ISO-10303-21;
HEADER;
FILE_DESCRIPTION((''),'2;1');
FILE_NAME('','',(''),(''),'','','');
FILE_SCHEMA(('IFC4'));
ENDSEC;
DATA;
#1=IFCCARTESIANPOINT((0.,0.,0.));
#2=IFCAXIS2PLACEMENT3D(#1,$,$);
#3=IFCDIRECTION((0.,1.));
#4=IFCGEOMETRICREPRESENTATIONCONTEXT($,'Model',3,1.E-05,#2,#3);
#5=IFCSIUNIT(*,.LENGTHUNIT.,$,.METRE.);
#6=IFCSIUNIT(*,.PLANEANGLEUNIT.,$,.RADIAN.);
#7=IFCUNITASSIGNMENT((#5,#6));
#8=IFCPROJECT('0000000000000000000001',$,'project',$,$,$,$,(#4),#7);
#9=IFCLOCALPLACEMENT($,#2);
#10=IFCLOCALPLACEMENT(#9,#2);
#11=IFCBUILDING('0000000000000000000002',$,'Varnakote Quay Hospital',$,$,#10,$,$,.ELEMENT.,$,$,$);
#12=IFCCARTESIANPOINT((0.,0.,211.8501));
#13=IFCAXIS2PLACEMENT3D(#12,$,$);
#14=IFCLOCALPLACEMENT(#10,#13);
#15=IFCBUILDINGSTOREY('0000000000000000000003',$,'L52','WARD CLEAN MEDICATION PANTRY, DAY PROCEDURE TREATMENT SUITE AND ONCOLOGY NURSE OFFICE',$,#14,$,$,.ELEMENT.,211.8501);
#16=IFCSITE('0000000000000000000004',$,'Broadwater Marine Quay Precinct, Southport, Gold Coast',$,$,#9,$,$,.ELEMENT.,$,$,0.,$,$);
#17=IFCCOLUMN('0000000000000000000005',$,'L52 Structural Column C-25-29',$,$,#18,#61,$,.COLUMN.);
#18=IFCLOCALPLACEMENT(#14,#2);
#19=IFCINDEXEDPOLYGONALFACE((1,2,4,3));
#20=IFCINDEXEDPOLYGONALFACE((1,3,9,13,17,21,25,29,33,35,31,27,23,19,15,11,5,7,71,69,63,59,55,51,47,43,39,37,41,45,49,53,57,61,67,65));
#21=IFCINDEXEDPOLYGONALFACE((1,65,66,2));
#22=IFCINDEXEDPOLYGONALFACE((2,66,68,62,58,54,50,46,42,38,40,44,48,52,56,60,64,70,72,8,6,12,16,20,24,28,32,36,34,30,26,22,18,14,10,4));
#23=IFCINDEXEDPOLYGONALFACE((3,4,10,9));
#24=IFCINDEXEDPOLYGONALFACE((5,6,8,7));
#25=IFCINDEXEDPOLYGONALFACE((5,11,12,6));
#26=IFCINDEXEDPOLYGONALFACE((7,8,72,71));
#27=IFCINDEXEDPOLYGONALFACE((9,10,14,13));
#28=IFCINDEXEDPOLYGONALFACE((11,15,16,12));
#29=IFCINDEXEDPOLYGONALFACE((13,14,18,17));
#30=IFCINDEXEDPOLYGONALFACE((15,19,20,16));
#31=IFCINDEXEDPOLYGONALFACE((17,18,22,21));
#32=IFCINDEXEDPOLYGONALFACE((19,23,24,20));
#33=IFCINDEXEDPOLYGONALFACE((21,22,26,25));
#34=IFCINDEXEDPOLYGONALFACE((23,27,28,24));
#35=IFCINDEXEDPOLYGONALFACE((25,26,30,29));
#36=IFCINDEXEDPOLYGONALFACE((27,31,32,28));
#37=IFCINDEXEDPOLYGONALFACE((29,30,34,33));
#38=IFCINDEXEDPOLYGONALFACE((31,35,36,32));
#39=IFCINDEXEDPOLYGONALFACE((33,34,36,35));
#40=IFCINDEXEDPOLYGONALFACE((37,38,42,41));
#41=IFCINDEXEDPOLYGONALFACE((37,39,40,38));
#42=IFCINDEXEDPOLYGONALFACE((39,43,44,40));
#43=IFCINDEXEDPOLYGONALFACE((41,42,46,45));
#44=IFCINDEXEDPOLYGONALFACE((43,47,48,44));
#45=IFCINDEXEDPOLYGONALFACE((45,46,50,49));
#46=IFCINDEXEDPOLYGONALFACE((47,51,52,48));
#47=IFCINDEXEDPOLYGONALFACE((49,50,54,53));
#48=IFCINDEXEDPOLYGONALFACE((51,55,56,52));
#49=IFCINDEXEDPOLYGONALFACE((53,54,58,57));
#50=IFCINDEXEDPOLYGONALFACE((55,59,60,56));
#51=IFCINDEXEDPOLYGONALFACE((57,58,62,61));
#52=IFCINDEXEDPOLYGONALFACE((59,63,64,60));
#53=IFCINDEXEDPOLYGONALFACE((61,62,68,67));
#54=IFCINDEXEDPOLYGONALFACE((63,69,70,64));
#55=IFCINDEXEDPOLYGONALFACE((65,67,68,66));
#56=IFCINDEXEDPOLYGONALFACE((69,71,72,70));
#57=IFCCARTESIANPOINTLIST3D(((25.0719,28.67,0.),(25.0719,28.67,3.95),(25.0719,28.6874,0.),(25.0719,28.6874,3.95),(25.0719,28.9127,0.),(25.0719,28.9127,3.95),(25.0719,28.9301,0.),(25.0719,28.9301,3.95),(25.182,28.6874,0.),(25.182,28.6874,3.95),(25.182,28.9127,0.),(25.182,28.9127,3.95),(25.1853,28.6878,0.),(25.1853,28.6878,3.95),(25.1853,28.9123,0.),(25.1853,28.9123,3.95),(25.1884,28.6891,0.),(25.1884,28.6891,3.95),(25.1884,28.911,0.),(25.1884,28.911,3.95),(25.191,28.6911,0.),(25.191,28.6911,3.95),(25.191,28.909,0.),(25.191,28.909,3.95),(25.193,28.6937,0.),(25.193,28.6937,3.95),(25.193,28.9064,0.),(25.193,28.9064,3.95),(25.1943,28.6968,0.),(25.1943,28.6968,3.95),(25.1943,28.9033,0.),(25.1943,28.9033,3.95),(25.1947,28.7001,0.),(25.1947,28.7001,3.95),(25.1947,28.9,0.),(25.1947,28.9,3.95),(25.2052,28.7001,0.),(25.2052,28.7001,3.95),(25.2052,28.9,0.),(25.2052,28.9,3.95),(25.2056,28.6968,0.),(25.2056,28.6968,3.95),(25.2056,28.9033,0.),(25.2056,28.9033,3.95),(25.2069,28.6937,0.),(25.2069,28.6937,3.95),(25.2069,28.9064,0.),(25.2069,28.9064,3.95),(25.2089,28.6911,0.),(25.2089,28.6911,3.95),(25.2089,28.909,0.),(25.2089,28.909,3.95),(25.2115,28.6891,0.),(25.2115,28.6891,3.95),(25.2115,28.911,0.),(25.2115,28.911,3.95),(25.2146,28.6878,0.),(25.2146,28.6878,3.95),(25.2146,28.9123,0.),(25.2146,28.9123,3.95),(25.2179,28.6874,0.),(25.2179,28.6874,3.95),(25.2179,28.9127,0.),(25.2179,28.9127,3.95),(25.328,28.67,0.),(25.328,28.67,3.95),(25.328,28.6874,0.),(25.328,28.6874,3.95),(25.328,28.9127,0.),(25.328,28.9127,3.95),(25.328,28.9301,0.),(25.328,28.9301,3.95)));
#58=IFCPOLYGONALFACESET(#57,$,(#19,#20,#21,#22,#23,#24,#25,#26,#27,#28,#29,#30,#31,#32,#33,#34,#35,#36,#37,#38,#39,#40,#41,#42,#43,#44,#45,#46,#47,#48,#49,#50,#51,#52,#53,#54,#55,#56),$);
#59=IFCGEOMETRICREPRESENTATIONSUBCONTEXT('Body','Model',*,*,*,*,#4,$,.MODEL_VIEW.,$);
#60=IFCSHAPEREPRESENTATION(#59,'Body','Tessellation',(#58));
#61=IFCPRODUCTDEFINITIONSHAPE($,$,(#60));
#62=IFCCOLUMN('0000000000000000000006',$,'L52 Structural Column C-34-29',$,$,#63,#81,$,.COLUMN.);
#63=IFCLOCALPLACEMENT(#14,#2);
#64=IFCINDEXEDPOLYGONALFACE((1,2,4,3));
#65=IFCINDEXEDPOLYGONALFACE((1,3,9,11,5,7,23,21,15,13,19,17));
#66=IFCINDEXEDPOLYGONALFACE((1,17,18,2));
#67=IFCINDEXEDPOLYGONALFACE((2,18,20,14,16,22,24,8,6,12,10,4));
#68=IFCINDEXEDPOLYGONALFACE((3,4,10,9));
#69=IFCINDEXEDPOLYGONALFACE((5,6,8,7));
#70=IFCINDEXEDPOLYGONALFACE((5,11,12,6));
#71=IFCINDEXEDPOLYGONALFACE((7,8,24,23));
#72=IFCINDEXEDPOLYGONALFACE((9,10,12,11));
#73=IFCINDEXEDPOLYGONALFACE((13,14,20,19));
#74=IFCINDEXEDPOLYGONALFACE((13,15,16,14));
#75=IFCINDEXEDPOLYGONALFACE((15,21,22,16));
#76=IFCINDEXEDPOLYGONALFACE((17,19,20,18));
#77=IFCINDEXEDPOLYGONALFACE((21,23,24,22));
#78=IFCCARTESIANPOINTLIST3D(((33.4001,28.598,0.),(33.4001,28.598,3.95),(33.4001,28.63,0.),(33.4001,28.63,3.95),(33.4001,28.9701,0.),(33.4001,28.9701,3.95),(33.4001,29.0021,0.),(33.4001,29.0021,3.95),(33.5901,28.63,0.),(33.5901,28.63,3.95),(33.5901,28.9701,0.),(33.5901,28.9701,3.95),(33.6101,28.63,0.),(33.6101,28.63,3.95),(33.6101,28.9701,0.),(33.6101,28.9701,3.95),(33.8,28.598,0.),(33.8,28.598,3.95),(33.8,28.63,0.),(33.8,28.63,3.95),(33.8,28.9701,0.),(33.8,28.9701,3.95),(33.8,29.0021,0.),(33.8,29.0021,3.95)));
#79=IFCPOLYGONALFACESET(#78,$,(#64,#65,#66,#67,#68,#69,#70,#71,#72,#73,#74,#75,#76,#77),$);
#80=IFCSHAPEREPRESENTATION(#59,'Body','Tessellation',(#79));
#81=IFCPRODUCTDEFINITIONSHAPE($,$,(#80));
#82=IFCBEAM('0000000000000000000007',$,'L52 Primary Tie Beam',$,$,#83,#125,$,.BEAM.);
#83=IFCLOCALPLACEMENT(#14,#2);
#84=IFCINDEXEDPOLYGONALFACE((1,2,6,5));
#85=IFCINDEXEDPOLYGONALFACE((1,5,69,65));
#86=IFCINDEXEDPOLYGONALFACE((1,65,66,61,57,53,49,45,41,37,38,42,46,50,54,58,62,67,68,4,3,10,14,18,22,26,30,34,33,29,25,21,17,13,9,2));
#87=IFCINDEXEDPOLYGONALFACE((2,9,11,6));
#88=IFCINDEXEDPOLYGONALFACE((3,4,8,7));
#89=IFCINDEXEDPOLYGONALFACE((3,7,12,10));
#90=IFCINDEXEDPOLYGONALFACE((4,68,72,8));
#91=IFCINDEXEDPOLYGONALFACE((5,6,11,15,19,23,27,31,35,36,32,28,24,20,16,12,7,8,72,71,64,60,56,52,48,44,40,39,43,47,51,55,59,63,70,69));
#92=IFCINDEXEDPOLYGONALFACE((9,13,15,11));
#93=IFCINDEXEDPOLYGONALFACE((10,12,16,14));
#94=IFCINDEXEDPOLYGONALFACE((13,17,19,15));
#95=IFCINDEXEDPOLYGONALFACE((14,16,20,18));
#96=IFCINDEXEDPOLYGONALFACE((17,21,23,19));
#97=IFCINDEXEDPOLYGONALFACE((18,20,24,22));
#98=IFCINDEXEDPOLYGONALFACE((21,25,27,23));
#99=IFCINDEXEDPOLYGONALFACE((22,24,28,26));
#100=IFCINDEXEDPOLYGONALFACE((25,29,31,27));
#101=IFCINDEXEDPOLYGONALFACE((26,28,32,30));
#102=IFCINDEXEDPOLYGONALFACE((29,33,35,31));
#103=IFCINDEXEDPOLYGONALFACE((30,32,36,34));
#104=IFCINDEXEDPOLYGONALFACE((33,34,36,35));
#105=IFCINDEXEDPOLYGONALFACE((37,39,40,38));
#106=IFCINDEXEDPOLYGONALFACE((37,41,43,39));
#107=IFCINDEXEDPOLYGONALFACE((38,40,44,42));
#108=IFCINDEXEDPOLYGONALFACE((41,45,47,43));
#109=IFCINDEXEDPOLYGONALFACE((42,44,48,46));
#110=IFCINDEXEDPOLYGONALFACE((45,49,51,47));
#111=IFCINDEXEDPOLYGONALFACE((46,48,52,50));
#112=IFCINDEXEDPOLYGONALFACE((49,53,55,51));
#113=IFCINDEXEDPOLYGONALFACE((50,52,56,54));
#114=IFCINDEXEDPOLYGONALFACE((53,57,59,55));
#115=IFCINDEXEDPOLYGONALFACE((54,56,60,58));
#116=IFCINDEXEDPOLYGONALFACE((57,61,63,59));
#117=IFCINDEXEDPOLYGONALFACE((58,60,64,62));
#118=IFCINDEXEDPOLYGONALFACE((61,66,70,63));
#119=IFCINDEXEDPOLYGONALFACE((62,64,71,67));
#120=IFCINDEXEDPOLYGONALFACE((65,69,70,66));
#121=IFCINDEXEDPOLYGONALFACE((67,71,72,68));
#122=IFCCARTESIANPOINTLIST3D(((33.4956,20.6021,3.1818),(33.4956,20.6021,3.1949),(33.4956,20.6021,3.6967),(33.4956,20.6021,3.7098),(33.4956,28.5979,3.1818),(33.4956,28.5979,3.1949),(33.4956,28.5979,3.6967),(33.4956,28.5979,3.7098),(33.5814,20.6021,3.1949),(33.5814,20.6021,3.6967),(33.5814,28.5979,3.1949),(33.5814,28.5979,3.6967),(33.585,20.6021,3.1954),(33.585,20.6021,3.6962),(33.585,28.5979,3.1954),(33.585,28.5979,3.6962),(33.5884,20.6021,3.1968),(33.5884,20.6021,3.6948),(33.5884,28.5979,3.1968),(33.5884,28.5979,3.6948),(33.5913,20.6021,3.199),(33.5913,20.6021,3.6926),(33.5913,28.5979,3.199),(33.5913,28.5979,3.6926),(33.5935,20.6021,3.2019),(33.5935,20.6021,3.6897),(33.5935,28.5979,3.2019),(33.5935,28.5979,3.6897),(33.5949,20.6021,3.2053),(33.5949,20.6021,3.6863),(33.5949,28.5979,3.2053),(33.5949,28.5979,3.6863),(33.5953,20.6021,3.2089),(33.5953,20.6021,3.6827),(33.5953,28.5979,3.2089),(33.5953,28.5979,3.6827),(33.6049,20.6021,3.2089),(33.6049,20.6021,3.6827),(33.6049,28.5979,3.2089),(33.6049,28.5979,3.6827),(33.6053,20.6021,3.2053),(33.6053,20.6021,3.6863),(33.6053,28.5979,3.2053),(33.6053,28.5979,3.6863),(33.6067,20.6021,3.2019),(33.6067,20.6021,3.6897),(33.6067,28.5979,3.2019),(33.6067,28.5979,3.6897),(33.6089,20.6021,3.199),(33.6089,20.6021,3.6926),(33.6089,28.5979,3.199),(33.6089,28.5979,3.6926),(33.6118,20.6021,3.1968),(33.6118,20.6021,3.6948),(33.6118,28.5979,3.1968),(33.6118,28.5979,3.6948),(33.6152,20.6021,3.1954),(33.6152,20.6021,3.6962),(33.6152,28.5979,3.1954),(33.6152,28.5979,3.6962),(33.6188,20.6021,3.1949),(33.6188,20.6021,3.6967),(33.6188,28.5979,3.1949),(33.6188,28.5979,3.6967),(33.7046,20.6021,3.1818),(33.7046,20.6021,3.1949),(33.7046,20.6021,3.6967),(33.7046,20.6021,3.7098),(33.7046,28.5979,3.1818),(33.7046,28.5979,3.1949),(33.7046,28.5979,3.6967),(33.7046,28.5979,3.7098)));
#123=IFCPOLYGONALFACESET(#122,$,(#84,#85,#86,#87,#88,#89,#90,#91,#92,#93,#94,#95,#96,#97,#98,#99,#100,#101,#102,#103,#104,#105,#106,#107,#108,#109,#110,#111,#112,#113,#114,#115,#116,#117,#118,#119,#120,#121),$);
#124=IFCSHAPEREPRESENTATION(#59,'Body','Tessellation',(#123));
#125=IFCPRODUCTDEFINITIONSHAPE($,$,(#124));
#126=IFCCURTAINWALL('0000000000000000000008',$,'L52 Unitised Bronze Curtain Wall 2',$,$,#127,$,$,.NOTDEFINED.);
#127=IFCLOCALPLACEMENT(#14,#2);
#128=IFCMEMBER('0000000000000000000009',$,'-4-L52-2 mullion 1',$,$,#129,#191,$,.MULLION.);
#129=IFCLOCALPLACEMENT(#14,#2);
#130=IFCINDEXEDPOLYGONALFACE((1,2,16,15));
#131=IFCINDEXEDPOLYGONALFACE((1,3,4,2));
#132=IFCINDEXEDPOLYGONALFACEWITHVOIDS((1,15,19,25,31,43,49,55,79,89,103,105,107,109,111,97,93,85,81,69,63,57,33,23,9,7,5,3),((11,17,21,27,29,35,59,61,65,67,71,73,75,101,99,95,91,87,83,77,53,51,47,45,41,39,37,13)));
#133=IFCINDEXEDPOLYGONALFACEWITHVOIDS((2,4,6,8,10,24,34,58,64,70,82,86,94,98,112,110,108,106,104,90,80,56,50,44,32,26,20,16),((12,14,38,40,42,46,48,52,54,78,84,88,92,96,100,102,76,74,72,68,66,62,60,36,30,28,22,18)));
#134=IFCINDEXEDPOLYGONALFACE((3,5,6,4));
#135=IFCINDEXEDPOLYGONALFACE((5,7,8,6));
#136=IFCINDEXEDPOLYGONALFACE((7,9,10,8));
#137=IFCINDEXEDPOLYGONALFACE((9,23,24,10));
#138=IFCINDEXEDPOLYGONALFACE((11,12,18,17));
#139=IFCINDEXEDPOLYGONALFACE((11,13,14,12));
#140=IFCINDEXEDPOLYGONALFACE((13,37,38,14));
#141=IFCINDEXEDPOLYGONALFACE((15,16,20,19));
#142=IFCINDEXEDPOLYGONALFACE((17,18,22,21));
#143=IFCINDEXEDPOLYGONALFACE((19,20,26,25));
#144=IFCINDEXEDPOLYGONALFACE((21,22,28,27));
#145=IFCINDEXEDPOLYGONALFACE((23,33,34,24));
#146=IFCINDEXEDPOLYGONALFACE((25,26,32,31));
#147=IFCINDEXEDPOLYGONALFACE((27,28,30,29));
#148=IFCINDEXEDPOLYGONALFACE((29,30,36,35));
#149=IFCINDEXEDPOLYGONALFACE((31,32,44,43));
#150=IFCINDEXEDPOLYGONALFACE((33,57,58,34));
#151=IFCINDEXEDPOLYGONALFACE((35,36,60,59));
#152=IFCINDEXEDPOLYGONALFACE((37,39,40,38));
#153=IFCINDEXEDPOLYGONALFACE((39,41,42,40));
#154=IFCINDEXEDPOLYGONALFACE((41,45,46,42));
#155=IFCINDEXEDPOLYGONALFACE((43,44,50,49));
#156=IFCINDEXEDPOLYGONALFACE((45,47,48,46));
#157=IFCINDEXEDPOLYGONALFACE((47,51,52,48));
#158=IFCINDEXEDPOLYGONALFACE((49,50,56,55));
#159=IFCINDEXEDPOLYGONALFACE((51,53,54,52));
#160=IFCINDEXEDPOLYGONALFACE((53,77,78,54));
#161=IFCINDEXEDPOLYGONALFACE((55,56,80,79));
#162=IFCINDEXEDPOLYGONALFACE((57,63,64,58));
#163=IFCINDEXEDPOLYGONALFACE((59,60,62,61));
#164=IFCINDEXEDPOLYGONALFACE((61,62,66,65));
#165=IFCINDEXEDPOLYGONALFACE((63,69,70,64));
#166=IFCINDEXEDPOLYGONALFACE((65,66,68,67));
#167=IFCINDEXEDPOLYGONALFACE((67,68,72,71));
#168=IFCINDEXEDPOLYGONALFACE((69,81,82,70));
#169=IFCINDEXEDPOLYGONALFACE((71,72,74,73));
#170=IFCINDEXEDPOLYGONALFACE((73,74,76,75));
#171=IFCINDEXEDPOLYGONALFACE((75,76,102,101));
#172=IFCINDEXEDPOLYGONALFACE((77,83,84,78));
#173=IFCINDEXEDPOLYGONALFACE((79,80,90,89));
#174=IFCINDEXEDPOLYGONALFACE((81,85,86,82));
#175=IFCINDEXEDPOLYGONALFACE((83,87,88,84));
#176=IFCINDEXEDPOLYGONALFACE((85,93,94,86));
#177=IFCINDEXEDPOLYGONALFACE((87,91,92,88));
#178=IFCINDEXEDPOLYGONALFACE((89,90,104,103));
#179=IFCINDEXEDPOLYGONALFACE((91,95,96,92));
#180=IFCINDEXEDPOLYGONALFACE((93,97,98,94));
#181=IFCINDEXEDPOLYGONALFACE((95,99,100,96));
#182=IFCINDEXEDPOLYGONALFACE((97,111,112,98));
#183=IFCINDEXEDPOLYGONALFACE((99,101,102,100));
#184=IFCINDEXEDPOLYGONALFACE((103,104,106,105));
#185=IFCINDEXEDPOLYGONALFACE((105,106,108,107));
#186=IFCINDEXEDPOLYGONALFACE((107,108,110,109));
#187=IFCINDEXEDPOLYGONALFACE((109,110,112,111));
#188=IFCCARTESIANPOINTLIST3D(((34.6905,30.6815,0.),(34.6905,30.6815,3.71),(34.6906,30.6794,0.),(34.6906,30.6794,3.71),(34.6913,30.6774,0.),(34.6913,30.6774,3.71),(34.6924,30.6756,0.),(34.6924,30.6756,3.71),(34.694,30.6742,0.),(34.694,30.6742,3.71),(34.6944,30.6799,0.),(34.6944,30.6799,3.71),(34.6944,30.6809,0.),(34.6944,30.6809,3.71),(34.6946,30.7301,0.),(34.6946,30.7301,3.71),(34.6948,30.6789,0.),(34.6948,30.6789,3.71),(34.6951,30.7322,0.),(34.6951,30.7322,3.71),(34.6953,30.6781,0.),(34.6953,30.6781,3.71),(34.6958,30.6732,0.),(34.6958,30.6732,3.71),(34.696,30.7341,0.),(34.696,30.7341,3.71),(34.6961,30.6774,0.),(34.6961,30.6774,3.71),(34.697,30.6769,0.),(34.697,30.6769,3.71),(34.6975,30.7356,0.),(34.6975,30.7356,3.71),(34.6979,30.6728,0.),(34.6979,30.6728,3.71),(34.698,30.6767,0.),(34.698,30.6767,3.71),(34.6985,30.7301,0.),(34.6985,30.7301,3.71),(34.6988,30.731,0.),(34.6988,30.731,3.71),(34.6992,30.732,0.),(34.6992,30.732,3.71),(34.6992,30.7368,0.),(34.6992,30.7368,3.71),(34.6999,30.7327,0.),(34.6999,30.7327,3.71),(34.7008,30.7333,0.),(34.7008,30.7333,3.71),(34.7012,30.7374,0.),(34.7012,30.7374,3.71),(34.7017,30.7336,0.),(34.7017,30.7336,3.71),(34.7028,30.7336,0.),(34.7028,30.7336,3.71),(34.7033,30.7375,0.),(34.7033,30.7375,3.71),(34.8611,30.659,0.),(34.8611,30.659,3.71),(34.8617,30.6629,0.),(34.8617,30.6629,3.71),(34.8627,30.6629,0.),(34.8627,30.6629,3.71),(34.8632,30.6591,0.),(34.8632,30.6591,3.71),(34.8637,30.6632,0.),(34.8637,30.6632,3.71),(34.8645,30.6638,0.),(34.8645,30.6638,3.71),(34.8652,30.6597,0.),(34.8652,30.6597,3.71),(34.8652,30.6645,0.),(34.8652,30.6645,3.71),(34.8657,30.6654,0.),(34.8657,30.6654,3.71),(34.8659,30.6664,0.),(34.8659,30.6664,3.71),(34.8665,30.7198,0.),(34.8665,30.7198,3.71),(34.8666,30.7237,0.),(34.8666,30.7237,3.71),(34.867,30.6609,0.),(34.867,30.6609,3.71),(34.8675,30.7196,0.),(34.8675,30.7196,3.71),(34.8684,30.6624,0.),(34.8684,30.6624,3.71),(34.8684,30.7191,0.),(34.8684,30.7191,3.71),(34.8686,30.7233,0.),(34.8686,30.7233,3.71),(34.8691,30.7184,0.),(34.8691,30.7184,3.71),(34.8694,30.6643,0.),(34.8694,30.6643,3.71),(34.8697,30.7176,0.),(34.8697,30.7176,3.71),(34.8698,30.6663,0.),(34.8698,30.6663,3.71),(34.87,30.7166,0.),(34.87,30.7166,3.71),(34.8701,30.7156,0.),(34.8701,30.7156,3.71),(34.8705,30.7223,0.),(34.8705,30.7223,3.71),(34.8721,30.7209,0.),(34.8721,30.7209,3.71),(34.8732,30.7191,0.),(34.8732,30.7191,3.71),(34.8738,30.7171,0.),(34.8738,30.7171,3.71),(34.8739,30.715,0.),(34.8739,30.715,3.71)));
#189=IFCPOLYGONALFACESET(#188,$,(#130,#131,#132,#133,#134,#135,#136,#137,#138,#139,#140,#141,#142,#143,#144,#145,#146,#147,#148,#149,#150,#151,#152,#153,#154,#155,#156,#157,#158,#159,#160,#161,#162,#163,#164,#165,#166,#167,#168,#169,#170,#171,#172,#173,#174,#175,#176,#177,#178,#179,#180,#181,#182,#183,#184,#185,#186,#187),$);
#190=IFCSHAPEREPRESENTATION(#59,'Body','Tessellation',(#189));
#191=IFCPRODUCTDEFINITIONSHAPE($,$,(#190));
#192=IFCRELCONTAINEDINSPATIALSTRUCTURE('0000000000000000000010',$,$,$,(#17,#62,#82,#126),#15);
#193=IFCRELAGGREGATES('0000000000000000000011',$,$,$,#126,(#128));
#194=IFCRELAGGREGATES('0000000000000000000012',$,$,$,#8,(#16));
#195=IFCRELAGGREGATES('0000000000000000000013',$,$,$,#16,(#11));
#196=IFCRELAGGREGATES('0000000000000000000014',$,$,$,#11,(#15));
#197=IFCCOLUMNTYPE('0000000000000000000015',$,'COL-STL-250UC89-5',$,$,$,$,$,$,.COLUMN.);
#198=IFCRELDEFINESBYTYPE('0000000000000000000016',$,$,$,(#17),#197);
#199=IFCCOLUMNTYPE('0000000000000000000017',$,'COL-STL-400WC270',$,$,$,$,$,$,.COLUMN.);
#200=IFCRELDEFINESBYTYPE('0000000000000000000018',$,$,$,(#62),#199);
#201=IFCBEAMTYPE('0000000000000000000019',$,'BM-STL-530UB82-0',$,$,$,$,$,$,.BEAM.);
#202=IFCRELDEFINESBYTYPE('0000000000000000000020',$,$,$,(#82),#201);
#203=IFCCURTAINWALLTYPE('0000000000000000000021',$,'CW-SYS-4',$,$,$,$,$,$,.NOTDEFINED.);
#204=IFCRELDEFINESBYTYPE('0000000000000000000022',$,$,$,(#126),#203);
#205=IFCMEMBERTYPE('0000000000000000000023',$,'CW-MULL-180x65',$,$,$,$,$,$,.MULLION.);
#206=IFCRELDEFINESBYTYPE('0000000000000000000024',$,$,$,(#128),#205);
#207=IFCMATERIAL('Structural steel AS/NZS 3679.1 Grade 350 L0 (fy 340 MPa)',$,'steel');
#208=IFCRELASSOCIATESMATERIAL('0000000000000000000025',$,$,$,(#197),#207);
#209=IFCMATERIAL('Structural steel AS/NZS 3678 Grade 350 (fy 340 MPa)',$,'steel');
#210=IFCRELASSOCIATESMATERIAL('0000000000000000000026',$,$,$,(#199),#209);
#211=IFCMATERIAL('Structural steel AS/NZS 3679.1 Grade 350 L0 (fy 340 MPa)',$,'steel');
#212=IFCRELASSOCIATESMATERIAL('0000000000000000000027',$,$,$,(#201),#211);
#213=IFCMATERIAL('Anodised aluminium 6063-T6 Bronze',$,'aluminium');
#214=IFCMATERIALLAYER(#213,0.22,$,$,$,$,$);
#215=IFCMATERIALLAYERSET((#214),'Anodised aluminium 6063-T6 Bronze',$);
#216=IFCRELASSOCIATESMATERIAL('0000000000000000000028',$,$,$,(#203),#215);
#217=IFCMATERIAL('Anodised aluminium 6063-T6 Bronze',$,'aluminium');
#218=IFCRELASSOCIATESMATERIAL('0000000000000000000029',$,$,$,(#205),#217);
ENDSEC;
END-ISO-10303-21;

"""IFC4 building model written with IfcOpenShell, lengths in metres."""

from ifc_helpers import new_model, si_unit, direction, frame, origin, origin_2d, place, context, subcontext, project, spatial, hollow_rectangle, i_section, extrude, material, layer, layer_set, material_profile, profile_set, type_object, element, aggregate, save


model = new_model("IFC4")

# Units and contexts
model_context = context("Model", 3, precision=1e-05, world=origin(), true_north=direction((0.0, 1.0)))
body_context = subcontext(model_context, "Body", "Model", "MODEL_VIEW")
ifc_project = project(units=[si_unit("LENGTHUNIT", "METRE"), si_unit("PLANEANGLEUNIT", "RADIAN")], contexts=[model_context])

# Site, building, storey
site_placement = place(None, origin())
site = spatial("IfcSite", under=ifc_project, at=site_placement, Name="Broadwater Marine Quay Precinct, Southport, Gold Coast", CompositionType="ELEMENT", RefElevation=0.0)
building_placement = place(site_placement, origin())
building = spatial("IfcBuilding", under=site, at=building_placement, Name="Varnakote Quay Hospital", CompositionType="ELEMENT")
storey_placement = place(building_placement, frame((0.0, 0.0, 211.8501)))
storey = spatial("IfcBuildingStorey", under=building, at=storey_placement, Name="L52", Description="WARD CLEAN MEDICATION PANTRY, DAY PROCEDURE TREATMENT SUITE AND ONCOLOGY NURSE OFFICE", CompositionType="ELEMENT", Elevation=211.8501)

# Columns
ifc_material_1 = material(Name="Structural steel AS/NZS 3679.1 Grade 350 L0 (fy 340 MPa)", Category="steel")
ifc_material_profile_1 = material_profile(ifc_material_1, i_section(OverallWidth=0.2561, OverallDepth=0.26, WebThickness=0.0105, FlangeThickness=0.0173, FilletRadius=0.0127, at=origin_2d()), Name="250UC89.5")
ifc_profile_set_1 = profile_set([ifc_material_profile_1], Name="Structural steel AS/NZS 3679.1 Grade 350 L0 (fy 340 MPa)")
column_type_1 = type_object("IfcColumnType", Name="COL-STL-250UC89-5", PredefinedType="COLUMN", material=ifc_profile_set_1)
column_1_placement = place(storey_placement, frame((25.2, 28.8, 0.0), z_axis=(0.0, 0.0, 1.0), x_axis=(1.0, 0.0, 0.0)))
element("IfcColumn", 1, at=column_1_placement, inside=storey, type_object=column_type_1, Name="L52 Structural Column C-25-29", PredefinedType="COLUMN", context=body_context, shape_type="SweptSolid", body=[
    extrude(i_section(OverallWidth=0.2561, OverallDepth=0.26, WebThickness=0.0105, FlangeThickness=0.0173, FilletRadius=0.0127, at=origin_2d()), origin(), (0.0, 0.0, 1.0), 3.95),
])
ifc_material_2 = material(Name="Structural steel AS/NZS 3678 Grade 350 (fy 340 MPa)", Category="steel")
ifc_material_profile_2 = material_profile(ifc_material_2, i_section(OverallWidth=0.3999, OverallDepth=0.4041, WebThickness=0.02, FlangeThickness=0.032, at=origin_2d()), Name="400WC270")
ifc_profile_set_2 = profile_set([ifc_material_profile_2], Name="Structural steel AS/NZS 3678 Grade 350 (fy 340 MPa)")
column_type_2 = type_object("IfcColumnType", Name="COL-STL-400WC270", PredefinedType="COLUMN", material=ifc_profile_set_2)
column_2_placement = place(storey_placement, frame((33.6001, 28.8, 0.0), z_axis=(0.0, 0.0, 1.0), x_axis=(1.0, 0.0, 0.0)))
element("IfcColumn", 2, at=column_2_placement, inside=storey, type_object=column_type_2, Name="L52 Structural Column C-34-29", PredefinedType="COLUMN", context=body_context, shape_type="SweptSolid", body=[
    extrude(i_section(OverallWidth=0.3999, OverallDepth=0.4041, WebThickness=0.02, FlangeThickness=0.032, at=origin_2d()), origin(), (0.0, 0.0, 1.0), 3.95),
])

# Beam
ifc_material_3 = material(Name="Structural steel AS/NZS 3679.1 Grade 350 L0 (fy 340 MPa)", Category="steel")
ifc_material_profile_3 = material_profile(ifc_material_3, i_section(OverallWidth=0.209, OverallDepth=0.5281, WebThickness=0.0095, FlangeThickness=0.0132, FilletRadius=0.0139, at=origin_2d()), Name="530UB82.0")
ifc_profile_set_3 = profile_set([ifc_material_profile_3], Name="Structural steel AS/NZS 3679.1 Grade 350 L0 (fy 340 MPa)")
beam_type_1 = type_object("IfcBeamType", Name="BM-STL-530UB82-0", PredefinedType="BEAM", material=ifc_profile_set_3)
beam_1_placement = place(storey_placement, frame((33.6001, 20.6021, 3.4458), z_axis=(0.0, 1.0, 0.0), x_axis=(-1.0, 0.0, 0.0)))
element("IfcBeam", 3, at=beam_1_placement, inside=storey, type_object=beam_type_1, Name="L52 Primary Tie Beam", PredefinedType="BEAM", context=body_context, shape_type="SweptSolid", body=[
    extrude(i_section(OverallWidth=0.209, OverallDepth=0.5281, WebThickness=0.0095, FlangeThickness=0.0132, FilletRadius=0.0139, at=origin_2d()), origin(), (0.0, 0.0, 1.0), 7.9958),
])

# Curtain wall, member
ifc_material_4 = material(Name="Anodised aluminium 6063-T6 Bronze", Category="aluminium")
ifc_layer_1 = layer(ifc_material_4, 0.22)
ifc_layer_set_1 = layer_set([ifc_layer_1], Name="Anodised aluminium 6063-T6 Bronze")
curtain_wall_type = type_object("IfcCurtainWallType", Name="CW-SYS-4", PredefinedType="NOTDEFINED", material=ifc_layer_set_1)
curtain_wall_placement = place(storey_placement, origin())
curtain_wall = element("IfcCurtainWall", 4, at=curtain_wall_placement, inside=storey, type_object=curtain_wall_type, Name="L52 Unitised Bronze Curtain Wall 2", PredefinedType="NOTDEFINED")
ifc_material_5 = material(Name="Anodised aluminium 6063-T6 Bronze", Category="aluminium")
ifc_material_profile_4 = material_profile(ifc_material_5, hollow_rectangle(XDim=0.0649, YDim=0.1799, WallThickness=0.0039, InnerFilletRadius=0.0039, OuterFilletRadius=0.0081, at=origin_2d()), Name="CW-MULL-180x65")
ifc_profile_set_4 = profile_set([ifc_material_profile_4], Name="Anodised aluminium 6063-T6 Bronze")
member_type_1 = type_object("IfcMemberType", Name="CW-MULL-180x65", PredefinedType="MULLION", material=ifc_profile_set_4)
member_1_placement = place(storey_placement, frame((34.7822, 30.6982, 0.0), z_axis=(0.0, 0.0, 1.0), x_axis=(-0.084136, -0.996454, 0.0)))
member_1 = element("IfcMember", 5, at=member_1_placement, type_object=member_type_1, Name="-4-L52-2 mullion 1", PredefinedType="MULLION", context=body_context, shape_type="SweptSolid", body=[
    extrude(hollow_rectangle(XDim=0.0649, YDim=0.1799, WallThickness=0.0039, InnerFilletRadius=0.0039, OuterFilletRadius=0.0081, at=origin_2d()), origin(), (0.0, 0.0, 1.0), 3.71),
])

aggregate(curtain_wall, [member_1])

save(model, "model.ifc")
